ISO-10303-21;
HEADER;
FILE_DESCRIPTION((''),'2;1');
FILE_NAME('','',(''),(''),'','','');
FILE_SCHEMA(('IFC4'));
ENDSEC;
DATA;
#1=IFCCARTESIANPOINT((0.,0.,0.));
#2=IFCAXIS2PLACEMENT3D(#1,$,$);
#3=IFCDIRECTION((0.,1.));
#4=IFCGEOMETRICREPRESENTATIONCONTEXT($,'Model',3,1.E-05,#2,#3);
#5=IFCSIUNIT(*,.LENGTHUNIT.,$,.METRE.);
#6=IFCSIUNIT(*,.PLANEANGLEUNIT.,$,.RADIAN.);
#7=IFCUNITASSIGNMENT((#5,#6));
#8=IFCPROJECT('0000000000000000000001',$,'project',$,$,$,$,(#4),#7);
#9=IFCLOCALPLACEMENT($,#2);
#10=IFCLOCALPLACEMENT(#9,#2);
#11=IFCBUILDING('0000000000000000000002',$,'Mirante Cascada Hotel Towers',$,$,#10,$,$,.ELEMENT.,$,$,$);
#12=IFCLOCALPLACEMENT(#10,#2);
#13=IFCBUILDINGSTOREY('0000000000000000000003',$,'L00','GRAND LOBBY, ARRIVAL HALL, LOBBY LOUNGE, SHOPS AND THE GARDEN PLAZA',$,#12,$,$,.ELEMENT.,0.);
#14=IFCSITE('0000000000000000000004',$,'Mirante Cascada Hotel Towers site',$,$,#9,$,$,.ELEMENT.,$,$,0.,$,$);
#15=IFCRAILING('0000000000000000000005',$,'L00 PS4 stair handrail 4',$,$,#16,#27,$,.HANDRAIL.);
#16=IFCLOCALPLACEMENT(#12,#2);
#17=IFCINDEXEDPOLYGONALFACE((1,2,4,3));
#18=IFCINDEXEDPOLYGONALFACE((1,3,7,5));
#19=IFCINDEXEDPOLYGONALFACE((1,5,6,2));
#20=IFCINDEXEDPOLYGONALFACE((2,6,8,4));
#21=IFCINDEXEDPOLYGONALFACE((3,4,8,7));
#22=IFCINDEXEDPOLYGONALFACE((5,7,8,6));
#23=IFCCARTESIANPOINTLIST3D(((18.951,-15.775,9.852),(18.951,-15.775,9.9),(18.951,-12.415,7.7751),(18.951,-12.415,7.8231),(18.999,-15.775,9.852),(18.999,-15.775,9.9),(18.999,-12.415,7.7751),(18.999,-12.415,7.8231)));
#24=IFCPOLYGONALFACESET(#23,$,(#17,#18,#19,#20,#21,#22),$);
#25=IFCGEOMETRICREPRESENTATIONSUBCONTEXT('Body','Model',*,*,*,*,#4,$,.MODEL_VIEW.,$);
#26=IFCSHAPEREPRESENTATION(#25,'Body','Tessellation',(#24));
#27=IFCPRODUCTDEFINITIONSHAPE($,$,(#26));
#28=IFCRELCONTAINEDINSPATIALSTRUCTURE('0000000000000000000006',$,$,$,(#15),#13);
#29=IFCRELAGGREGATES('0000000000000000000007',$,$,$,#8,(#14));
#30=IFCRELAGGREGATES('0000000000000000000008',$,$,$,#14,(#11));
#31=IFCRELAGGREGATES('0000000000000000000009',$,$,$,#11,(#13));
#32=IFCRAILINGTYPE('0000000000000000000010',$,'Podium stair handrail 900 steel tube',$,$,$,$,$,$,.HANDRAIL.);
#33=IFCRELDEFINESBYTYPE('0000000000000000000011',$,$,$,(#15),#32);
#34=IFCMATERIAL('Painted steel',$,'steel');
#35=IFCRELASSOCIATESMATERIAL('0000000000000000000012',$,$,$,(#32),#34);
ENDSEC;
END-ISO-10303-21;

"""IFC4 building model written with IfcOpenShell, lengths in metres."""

from ifc_helpers import new_model, si_unit, direction, frame, origin, origin_2d, place, context, subcontext, project, spatial, rectangle, extrude, material, type_object, element, save


model = new_model("IFC4")

# Units and contexts
model_context = context("Model", 3, precision=1e-05, world=origin(), true_north=direction((0.0, 1.0)))
body_context = subcontext(model_context, "Body", "Model", "MODEL_VIEW")
ifc_project = project(units=[si_unit("LENGTHUNIT", "METRE"), si_unit("PLANEANGLEUNIT", "RADIAN")], contexts=[model_context])

# Site, building, storey
site_placement = place(None, origin())
site = spatial("IfcSite", under=ifc_project, at=site_placement, Name="Mirante Cascada Hotel Towers site", CompositionType="ELEMENT", RefElevation=0.0)
building_placement = place(site_placement, origin())
building = spatial("IfcBuilding", under=site, at=building_placement, Name="Mirante Cascada Hotel Towers", CompositionType="ELEMENT")
storey_placement = place(building_placement, origin())
storey = spatial("IfcBuildingStorey", under=building, at=storey_placement, Name="L00", Description="GRAND LOBBY, ARRIVAL HALL, LOBBY LOUNGE, SHOPS AND THE GARDEN PLAZA", CompositionType="ELEMENT", Elevation=0.0)

# Railing
ifc_material_1 = material(Name="Painted steel", Category="steel")
railing_type_1 = type_object("IfcRailingType", Name="Podium stair handrail 900 steel tube", PredefinedType="HANDRAIL", material=ifc_material_1)
railing_1_placement = place(storey_placement, frame((18.975, -12.415, 6.9231)))
element("IfcRailing", 1, at=railing_1_placement, inside=storey, type_object=railing_type_1, Name="L00 PS4 stair handrail 4", PredefinedType="HANDRAIL", context=body_context, shape_type="SweptSolid", body=[
    extrude(rectangle(XDim=0.048, YDim=0.048, at=origin_2d()), frame((0.0, 0.0, 0.876), z_axis=(0.0, -1.0, 0.0), x_axis=(1.0, 0.0, 0.0)), (0.0, 0.525787, 0.850616), 3.9501),
])

save(model, "model.ifc")
